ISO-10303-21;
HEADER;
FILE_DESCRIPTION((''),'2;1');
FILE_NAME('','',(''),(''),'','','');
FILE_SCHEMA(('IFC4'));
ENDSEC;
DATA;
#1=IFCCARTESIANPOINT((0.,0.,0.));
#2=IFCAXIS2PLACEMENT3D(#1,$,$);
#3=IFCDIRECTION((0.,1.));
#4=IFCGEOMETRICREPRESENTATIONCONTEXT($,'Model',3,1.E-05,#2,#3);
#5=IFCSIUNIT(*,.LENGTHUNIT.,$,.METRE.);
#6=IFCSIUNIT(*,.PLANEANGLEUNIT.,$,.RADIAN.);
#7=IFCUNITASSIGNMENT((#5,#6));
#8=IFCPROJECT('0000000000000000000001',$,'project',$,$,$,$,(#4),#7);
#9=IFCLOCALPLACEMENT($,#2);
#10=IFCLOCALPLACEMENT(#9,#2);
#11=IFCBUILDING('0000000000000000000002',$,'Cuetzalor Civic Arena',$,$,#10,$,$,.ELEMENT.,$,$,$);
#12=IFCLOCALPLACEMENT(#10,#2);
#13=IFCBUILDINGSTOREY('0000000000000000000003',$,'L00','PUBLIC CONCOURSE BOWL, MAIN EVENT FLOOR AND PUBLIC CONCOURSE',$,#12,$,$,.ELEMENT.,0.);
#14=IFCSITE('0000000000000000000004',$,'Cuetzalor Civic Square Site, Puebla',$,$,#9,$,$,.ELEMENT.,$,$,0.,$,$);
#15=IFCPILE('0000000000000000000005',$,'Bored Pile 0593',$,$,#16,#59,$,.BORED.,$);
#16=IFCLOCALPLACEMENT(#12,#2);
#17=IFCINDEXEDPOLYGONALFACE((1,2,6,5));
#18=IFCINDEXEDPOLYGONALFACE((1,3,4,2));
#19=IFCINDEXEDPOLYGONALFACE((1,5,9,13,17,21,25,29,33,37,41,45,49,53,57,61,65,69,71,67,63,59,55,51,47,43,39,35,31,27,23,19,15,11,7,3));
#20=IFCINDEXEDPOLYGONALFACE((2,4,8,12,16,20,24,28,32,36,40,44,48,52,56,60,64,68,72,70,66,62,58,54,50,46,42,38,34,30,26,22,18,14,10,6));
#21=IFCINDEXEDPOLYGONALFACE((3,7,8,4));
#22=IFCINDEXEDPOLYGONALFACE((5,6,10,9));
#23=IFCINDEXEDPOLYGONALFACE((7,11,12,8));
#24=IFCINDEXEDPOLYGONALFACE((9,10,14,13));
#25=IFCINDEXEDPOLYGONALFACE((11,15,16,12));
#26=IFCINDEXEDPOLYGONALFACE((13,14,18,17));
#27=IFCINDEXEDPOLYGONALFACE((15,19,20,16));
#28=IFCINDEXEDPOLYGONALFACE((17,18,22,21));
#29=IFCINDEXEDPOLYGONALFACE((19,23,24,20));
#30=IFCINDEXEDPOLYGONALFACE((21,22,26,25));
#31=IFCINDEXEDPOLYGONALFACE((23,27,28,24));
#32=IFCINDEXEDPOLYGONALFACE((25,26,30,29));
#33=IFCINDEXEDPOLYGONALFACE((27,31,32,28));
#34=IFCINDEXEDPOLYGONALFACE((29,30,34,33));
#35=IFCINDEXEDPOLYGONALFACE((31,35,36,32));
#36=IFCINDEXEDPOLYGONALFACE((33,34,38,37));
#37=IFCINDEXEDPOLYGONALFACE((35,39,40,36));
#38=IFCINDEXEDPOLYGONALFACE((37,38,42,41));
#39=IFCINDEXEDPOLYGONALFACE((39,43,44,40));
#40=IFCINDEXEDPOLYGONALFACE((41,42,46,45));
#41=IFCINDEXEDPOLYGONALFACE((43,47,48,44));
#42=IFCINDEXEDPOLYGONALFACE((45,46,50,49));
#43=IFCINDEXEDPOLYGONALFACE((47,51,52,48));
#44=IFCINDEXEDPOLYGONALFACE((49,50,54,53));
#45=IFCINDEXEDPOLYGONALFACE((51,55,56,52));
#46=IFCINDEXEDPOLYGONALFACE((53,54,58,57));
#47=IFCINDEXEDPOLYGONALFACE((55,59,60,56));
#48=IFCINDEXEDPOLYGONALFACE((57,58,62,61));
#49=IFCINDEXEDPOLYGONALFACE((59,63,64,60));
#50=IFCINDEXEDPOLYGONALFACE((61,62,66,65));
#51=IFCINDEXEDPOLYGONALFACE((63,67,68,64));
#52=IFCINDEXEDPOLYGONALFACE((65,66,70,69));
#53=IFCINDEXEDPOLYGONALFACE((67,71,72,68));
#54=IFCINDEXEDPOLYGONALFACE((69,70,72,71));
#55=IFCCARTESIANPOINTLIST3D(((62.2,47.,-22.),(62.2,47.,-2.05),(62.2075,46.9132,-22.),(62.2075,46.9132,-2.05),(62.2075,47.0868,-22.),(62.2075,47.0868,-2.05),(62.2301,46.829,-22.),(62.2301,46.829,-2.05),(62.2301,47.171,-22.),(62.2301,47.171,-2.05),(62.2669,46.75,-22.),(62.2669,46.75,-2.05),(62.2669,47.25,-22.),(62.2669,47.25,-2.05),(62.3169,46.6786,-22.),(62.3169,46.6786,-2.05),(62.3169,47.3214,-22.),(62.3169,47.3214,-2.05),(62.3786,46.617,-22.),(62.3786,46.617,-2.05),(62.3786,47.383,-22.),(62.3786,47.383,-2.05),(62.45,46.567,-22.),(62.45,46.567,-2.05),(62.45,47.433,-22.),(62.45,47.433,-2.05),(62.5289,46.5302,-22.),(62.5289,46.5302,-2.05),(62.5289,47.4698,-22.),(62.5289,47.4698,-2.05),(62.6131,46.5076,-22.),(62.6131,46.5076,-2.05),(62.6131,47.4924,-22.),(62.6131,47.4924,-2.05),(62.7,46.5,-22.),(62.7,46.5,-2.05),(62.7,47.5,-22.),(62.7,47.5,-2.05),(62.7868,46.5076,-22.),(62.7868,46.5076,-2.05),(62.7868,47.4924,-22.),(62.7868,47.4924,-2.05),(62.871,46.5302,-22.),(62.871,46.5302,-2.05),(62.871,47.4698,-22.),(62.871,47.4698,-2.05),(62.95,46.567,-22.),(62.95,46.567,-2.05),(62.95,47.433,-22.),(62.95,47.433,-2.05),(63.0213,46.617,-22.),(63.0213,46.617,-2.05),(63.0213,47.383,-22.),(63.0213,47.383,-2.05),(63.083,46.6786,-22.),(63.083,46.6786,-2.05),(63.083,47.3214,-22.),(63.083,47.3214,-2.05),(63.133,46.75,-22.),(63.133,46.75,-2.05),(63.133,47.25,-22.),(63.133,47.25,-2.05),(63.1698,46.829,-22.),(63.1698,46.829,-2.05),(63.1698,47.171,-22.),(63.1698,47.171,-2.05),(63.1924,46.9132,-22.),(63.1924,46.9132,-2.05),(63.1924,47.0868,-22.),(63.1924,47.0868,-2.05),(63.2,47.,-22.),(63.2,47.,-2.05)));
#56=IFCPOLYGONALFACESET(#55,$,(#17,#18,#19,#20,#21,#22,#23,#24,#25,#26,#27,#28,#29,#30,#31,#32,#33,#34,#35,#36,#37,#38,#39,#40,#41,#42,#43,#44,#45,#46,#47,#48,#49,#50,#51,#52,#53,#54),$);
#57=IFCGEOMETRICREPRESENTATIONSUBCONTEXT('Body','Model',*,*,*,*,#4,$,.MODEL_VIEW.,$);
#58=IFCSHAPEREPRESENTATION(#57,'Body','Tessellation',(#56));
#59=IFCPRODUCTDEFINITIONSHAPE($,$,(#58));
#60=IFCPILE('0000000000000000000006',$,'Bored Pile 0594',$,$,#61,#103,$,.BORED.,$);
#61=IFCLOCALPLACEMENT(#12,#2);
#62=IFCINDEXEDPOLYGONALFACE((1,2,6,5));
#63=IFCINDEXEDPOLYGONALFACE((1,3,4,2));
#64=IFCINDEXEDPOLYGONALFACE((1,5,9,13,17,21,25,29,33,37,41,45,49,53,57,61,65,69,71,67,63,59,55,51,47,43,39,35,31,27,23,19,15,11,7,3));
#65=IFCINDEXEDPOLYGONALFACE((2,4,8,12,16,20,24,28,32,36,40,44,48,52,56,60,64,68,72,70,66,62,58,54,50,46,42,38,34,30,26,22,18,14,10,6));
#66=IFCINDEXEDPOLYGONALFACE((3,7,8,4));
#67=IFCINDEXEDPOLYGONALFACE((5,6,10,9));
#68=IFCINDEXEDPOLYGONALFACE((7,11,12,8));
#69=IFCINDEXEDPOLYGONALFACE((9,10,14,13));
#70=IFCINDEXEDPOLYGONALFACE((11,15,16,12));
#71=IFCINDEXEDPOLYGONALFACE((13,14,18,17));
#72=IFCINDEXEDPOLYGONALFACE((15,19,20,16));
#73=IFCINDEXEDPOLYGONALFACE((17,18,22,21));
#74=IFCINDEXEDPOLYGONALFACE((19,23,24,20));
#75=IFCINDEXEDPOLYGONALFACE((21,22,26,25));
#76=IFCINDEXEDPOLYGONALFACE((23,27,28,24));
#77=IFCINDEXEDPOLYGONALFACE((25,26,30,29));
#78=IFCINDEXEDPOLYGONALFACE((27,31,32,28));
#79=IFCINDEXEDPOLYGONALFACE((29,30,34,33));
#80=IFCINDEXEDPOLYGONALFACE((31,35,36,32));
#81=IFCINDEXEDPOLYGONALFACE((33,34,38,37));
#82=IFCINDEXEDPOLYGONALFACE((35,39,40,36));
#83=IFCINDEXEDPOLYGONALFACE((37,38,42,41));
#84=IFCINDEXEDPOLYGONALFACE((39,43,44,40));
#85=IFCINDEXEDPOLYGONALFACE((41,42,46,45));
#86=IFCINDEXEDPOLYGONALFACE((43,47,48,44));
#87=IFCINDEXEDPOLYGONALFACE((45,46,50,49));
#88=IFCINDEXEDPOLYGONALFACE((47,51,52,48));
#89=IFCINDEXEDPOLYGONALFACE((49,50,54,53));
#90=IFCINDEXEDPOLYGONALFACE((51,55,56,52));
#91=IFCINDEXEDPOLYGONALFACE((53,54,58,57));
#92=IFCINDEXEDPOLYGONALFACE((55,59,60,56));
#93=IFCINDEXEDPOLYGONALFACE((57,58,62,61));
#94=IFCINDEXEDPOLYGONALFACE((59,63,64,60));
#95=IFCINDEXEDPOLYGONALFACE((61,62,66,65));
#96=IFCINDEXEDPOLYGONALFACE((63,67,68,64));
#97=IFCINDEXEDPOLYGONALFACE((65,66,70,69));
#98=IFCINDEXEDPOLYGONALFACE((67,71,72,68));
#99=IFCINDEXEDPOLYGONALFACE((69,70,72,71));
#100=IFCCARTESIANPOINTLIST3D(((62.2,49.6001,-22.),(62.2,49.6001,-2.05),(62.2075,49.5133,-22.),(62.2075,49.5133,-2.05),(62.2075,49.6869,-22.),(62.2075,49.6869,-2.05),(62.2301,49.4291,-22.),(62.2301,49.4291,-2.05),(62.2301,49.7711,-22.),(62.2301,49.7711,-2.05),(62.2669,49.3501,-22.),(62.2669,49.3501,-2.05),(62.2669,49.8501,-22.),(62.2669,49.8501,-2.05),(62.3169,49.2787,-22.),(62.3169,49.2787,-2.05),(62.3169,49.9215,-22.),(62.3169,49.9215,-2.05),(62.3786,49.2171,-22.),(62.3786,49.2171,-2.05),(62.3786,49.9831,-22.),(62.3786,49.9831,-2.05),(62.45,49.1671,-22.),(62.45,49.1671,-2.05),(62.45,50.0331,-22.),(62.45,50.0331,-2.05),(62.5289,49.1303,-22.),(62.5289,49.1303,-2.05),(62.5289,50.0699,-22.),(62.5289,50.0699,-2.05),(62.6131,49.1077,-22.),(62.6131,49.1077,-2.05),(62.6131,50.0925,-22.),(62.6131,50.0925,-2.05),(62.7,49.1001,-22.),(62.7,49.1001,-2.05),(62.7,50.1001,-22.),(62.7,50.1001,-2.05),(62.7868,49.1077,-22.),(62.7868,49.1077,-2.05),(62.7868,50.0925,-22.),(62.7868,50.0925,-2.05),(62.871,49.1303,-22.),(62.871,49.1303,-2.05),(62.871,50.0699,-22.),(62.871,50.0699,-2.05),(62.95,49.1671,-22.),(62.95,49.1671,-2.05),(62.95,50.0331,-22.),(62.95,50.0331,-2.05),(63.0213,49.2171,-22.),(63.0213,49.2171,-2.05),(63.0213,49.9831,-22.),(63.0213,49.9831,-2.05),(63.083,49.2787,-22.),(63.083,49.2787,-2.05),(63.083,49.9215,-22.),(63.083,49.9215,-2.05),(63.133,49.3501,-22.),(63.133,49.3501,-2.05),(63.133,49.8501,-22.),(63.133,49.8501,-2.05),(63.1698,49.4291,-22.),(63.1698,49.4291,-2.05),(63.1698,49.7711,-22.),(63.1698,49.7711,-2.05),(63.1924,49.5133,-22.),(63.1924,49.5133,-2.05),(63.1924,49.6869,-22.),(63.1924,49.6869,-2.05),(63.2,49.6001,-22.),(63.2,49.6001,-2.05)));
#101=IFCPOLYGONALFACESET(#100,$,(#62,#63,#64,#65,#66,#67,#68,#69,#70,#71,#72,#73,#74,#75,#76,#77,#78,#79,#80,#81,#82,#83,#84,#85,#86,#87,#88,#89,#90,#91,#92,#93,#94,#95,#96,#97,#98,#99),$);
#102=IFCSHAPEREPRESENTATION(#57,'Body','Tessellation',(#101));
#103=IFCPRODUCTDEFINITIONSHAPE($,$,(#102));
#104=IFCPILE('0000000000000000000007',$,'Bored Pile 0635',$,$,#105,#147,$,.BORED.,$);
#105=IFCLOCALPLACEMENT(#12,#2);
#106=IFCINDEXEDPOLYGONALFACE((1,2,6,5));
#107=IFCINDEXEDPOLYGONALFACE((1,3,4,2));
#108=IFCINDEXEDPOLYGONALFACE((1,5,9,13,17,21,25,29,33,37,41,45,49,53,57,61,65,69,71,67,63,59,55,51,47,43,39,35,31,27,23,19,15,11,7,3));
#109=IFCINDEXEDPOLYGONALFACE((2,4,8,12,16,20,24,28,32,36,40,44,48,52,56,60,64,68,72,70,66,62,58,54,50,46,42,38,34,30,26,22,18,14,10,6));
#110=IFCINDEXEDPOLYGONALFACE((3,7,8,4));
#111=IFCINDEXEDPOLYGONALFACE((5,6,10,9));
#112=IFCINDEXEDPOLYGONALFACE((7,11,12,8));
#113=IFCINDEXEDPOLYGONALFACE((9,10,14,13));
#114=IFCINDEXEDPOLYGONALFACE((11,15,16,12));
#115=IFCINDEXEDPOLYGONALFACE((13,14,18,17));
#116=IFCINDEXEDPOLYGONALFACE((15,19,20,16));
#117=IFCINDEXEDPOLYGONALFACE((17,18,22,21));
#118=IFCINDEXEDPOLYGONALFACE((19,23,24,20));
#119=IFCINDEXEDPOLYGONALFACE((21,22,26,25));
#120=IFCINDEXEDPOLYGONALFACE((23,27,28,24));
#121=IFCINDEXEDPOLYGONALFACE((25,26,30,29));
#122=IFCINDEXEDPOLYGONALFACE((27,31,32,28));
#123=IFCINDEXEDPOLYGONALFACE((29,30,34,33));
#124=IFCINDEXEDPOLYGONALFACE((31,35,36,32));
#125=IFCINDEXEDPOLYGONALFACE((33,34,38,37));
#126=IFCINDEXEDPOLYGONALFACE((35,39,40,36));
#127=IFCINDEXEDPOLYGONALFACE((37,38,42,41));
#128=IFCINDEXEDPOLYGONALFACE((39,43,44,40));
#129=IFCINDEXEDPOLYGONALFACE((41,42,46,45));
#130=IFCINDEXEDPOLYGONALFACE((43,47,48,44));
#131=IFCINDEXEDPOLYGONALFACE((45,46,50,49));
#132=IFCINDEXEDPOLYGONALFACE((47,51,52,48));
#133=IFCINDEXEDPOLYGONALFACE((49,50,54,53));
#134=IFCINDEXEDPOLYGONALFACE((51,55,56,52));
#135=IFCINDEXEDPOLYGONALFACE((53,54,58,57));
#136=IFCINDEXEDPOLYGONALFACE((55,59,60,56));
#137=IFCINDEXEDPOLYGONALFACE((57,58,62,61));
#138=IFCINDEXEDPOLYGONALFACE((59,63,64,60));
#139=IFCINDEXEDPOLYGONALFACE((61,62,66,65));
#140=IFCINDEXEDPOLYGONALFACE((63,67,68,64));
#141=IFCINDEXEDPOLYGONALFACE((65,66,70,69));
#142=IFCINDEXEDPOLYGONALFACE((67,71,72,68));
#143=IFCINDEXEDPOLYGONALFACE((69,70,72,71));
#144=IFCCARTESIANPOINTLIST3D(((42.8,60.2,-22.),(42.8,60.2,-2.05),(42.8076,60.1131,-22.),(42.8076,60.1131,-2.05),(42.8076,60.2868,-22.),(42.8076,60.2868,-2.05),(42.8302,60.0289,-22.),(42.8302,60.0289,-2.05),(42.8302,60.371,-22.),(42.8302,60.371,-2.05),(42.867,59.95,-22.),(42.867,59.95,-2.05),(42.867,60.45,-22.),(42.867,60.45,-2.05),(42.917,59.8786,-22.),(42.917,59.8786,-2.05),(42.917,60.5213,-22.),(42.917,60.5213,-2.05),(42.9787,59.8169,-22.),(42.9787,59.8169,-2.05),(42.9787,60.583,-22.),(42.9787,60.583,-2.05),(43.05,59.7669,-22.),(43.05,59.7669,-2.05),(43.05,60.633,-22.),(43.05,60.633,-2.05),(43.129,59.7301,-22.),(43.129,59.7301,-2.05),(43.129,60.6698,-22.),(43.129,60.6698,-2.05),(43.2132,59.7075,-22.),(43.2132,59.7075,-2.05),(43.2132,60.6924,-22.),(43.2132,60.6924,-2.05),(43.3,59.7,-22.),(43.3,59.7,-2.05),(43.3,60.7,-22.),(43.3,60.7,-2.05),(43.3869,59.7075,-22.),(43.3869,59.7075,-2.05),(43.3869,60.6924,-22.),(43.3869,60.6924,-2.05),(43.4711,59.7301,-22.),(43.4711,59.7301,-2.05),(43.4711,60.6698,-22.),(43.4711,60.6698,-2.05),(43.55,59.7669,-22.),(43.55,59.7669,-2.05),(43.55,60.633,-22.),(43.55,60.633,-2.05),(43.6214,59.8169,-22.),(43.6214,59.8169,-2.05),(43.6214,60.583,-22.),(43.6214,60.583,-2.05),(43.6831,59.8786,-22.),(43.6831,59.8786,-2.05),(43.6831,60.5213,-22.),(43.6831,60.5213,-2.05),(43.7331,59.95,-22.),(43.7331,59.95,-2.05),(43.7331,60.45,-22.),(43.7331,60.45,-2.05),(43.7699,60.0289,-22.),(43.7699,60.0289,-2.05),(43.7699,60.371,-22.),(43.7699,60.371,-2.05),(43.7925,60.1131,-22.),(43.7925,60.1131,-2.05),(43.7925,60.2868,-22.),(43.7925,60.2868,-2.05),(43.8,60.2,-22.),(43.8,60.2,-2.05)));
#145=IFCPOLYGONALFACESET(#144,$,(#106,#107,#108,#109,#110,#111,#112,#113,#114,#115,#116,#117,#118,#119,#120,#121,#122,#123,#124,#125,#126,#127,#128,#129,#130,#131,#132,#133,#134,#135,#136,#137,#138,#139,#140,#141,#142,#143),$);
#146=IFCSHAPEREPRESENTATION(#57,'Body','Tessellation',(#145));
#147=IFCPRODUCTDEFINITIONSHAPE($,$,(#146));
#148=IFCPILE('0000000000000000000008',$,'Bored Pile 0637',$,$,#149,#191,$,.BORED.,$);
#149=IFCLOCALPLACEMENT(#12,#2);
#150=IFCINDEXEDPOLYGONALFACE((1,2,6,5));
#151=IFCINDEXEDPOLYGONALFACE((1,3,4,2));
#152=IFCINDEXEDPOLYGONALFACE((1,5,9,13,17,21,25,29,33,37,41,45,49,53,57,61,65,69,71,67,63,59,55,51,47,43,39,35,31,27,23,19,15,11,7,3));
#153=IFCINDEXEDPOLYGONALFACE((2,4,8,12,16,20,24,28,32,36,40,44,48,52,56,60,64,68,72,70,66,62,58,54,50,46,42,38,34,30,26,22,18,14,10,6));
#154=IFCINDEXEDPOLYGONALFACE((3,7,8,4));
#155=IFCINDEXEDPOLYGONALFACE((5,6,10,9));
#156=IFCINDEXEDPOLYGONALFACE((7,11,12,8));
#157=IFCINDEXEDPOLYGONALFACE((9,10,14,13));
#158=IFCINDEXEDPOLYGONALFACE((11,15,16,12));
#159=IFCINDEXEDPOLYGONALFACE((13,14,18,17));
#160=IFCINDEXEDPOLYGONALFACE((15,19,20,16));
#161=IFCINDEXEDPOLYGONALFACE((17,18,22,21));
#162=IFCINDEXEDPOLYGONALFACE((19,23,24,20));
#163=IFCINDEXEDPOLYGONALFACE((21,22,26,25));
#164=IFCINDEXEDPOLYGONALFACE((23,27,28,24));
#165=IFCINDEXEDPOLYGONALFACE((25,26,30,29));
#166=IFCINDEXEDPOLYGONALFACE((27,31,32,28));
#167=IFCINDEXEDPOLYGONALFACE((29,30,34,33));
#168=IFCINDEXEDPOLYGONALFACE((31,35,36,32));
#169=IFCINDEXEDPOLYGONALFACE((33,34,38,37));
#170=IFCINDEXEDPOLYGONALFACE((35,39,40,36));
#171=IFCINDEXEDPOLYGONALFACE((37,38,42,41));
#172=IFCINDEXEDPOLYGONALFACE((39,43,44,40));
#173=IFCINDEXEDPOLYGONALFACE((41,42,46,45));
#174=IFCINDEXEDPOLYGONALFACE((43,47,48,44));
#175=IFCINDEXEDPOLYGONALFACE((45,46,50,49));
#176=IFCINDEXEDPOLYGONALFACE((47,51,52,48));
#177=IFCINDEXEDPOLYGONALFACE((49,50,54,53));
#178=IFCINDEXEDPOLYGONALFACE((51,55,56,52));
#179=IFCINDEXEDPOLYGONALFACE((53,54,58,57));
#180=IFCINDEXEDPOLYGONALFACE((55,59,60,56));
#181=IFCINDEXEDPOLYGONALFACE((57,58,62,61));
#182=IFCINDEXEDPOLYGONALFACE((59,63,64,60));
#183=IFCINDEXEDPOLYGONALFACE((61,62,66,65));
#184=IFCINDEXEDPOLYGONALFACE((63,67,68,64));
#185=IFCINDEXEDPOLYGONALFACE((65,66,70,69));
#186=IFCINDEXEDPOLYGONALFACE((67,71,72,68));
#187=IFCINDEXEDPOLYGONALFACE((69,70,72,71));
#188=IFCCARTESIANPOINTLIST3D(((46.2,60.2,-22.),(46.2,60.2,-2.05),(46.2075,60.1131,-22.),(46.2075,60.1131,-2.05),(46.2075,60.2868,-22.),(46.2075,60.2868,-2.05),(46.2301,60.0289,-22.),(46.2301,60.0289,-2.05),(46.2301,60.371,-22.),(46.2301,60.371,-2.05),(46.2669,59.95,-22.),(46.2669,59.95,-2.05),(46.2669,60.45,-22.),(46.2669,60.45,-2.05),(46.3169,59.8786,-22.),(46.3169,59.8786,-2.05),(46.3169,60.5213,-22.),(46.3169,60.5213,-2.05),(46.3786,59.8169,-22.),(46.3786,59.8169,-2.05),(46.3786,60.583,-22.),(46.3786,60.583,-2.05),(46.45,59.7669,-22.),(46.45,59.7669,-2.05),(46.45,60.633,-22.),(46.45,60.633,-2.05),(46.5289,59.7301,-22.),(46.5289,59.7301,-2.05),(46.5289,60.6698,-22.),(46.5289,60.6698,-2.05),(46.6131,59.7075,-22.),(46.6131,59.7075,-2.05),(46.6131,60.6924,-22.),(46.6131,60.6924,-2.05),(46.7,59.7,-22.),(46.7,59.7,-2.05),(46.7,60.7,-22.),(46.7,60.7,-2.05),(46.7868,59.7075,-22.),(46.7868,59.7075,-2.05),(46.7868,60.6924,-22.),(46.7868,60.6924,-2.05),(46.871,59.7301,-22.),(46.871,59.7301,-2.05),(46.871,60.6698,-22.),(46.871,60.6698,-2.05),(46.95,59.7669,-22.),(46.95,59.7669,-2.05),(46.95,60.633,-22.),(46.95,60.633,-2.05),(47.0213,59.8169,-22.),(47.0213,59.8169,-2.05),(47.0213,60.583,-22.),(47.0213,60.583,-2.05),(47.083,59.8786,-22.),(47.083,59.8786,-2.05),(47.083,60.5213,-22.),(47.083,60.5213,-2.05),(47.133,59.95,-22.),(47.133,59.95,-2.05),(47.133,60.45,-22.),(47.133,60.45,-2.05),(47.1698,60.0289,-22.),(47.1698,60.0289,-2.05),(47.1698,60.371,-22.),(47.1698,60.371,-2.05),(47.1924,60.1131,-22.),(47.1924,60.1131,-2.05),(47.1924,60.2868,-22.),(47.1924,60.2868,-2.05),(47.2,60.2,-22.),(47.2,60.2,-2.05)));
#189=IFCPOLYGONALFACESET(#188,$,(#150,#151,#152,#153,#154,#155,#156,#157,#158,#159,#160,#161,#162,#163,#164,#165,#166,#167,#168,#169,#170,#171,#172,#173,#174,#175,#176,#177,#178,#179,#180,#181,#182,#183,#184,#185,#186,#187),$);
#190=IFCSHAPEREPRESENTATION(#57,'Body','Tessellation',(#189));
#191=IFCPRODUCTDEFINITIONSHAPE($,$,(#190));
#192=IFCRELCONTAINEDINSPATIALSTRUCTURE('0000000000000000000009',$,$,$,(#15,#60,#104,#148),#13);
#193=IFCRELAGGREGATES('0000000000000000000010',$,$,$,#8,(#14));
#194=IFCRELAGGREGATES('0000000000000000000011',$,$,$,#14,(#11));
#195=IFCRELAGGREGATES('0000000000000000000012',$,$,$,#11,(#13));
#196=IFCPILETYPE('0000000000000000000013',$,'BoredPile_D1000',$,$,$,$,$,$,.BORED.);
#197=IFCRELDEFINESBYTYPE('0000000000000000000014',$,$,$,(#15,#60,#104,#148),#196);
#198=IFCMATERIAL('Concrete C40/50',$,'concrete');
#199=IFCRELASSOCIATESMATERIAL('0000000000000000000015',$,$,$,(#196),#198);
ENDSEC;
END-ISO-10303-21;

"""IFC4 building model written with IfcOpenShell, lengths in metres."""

from ifc_helpers import new_model, si_unit, direction, frame, origin, origin_2d, place, context, subcontext, project, spatial, circle, extrude, material, material_profile, profile_set, type_object, element, save


model = new_model("IFC4")

# Units and contexts
model_context = context("Model", 3, precision=1e-05, world=origin(), true_north=direction((0.0, 1.0)))
body_context = subcontext(model_context, "Body", "Model", "MODEL_VIEW")
ifc_project = project(units=[si_unit("LENGTHUNIT", "METRE"), si_unit("PLANEANGLEUNIT", "RADIAN")], contexts=[model_context])

# Site, building, storey
site_placement = place(None, origin())
site = spatial("IfcSite", under=ifc_project, at=site_placement, Name="Cuetzalor Civic Square Site, Puebla", CompositionType="ELEMENT", RefElevation=0.0)
building_placement = place(site_placement, origin())
building = spatial("IfcBuilding", under=site, at=building_placement, Name="Cuetzalor Civic Arena", CompositionType="ELEMENT")
storey_placement = place(building_placement, origin())
storey = spatial("IfcBuildingStorey", under=building, at=storey_placement, Name="L00", Description="PUBLIC CONCOURSE BOWL, MAIN EVENT FLOOR AND PUBLIC CONCOURSE", CompositionType="ELEMENT", Elevation=0.0)

# Piles
ifc_material_1 = material(Name="Concrete C40/50", Category="concrete")
ifc_material_profile_1 = material_profile(ifc_material_1, circle(Radius=0.5, at=origin_2d()), Name="BORED PILE D1000")
ifc_profile_set_1 = profile_set([ifc_material_profile_1], Name="Concrete C40/50")
pile_type = type_object("IfcPileType", Name="BoredPile_D1000", PredefinedType="BORED", material=ifc_profile_set_1)
for number, where, z_axis, x_axis, name in (
    (1, (62.7, 47.0, -2.05), (0.0, 0.0, -1.0), (1.0, 0.0, 0.0), "Bored Pile 0593"),
    (2, (62.7, 49.6001, -2.05), (0.0, 0.0, -1.0), (1.0, 0.0, 0.0), "Bored Pile 0594"),
    (3, (43.3, 60.2, -2.05), (0.0, 0.0, -1.0), (1.0, 0.0, 0.0), "Bored Pile 0635"),
    (4, (46.7, 60.2, -2.05), (0.0, 0.0, -1.0), (1.0, 0.0, 0.0), "Bored Pile 0637"),
):
    element("IfcPile", number, at=place(storey_placement, frame(where, z_axis=z_axis, x_axis=x_axis)), inside=storey, type_object=pile_type, Name=name, PredefinedType="BORED", context=body_context, shape_type="SweptSolid", body=[
        extrude(circle(Radius=0.5, at=origin_2d()), origin(), (0.0, 0.0, 1.0), 19.95),
    ])

save(model, "model.ifc")
